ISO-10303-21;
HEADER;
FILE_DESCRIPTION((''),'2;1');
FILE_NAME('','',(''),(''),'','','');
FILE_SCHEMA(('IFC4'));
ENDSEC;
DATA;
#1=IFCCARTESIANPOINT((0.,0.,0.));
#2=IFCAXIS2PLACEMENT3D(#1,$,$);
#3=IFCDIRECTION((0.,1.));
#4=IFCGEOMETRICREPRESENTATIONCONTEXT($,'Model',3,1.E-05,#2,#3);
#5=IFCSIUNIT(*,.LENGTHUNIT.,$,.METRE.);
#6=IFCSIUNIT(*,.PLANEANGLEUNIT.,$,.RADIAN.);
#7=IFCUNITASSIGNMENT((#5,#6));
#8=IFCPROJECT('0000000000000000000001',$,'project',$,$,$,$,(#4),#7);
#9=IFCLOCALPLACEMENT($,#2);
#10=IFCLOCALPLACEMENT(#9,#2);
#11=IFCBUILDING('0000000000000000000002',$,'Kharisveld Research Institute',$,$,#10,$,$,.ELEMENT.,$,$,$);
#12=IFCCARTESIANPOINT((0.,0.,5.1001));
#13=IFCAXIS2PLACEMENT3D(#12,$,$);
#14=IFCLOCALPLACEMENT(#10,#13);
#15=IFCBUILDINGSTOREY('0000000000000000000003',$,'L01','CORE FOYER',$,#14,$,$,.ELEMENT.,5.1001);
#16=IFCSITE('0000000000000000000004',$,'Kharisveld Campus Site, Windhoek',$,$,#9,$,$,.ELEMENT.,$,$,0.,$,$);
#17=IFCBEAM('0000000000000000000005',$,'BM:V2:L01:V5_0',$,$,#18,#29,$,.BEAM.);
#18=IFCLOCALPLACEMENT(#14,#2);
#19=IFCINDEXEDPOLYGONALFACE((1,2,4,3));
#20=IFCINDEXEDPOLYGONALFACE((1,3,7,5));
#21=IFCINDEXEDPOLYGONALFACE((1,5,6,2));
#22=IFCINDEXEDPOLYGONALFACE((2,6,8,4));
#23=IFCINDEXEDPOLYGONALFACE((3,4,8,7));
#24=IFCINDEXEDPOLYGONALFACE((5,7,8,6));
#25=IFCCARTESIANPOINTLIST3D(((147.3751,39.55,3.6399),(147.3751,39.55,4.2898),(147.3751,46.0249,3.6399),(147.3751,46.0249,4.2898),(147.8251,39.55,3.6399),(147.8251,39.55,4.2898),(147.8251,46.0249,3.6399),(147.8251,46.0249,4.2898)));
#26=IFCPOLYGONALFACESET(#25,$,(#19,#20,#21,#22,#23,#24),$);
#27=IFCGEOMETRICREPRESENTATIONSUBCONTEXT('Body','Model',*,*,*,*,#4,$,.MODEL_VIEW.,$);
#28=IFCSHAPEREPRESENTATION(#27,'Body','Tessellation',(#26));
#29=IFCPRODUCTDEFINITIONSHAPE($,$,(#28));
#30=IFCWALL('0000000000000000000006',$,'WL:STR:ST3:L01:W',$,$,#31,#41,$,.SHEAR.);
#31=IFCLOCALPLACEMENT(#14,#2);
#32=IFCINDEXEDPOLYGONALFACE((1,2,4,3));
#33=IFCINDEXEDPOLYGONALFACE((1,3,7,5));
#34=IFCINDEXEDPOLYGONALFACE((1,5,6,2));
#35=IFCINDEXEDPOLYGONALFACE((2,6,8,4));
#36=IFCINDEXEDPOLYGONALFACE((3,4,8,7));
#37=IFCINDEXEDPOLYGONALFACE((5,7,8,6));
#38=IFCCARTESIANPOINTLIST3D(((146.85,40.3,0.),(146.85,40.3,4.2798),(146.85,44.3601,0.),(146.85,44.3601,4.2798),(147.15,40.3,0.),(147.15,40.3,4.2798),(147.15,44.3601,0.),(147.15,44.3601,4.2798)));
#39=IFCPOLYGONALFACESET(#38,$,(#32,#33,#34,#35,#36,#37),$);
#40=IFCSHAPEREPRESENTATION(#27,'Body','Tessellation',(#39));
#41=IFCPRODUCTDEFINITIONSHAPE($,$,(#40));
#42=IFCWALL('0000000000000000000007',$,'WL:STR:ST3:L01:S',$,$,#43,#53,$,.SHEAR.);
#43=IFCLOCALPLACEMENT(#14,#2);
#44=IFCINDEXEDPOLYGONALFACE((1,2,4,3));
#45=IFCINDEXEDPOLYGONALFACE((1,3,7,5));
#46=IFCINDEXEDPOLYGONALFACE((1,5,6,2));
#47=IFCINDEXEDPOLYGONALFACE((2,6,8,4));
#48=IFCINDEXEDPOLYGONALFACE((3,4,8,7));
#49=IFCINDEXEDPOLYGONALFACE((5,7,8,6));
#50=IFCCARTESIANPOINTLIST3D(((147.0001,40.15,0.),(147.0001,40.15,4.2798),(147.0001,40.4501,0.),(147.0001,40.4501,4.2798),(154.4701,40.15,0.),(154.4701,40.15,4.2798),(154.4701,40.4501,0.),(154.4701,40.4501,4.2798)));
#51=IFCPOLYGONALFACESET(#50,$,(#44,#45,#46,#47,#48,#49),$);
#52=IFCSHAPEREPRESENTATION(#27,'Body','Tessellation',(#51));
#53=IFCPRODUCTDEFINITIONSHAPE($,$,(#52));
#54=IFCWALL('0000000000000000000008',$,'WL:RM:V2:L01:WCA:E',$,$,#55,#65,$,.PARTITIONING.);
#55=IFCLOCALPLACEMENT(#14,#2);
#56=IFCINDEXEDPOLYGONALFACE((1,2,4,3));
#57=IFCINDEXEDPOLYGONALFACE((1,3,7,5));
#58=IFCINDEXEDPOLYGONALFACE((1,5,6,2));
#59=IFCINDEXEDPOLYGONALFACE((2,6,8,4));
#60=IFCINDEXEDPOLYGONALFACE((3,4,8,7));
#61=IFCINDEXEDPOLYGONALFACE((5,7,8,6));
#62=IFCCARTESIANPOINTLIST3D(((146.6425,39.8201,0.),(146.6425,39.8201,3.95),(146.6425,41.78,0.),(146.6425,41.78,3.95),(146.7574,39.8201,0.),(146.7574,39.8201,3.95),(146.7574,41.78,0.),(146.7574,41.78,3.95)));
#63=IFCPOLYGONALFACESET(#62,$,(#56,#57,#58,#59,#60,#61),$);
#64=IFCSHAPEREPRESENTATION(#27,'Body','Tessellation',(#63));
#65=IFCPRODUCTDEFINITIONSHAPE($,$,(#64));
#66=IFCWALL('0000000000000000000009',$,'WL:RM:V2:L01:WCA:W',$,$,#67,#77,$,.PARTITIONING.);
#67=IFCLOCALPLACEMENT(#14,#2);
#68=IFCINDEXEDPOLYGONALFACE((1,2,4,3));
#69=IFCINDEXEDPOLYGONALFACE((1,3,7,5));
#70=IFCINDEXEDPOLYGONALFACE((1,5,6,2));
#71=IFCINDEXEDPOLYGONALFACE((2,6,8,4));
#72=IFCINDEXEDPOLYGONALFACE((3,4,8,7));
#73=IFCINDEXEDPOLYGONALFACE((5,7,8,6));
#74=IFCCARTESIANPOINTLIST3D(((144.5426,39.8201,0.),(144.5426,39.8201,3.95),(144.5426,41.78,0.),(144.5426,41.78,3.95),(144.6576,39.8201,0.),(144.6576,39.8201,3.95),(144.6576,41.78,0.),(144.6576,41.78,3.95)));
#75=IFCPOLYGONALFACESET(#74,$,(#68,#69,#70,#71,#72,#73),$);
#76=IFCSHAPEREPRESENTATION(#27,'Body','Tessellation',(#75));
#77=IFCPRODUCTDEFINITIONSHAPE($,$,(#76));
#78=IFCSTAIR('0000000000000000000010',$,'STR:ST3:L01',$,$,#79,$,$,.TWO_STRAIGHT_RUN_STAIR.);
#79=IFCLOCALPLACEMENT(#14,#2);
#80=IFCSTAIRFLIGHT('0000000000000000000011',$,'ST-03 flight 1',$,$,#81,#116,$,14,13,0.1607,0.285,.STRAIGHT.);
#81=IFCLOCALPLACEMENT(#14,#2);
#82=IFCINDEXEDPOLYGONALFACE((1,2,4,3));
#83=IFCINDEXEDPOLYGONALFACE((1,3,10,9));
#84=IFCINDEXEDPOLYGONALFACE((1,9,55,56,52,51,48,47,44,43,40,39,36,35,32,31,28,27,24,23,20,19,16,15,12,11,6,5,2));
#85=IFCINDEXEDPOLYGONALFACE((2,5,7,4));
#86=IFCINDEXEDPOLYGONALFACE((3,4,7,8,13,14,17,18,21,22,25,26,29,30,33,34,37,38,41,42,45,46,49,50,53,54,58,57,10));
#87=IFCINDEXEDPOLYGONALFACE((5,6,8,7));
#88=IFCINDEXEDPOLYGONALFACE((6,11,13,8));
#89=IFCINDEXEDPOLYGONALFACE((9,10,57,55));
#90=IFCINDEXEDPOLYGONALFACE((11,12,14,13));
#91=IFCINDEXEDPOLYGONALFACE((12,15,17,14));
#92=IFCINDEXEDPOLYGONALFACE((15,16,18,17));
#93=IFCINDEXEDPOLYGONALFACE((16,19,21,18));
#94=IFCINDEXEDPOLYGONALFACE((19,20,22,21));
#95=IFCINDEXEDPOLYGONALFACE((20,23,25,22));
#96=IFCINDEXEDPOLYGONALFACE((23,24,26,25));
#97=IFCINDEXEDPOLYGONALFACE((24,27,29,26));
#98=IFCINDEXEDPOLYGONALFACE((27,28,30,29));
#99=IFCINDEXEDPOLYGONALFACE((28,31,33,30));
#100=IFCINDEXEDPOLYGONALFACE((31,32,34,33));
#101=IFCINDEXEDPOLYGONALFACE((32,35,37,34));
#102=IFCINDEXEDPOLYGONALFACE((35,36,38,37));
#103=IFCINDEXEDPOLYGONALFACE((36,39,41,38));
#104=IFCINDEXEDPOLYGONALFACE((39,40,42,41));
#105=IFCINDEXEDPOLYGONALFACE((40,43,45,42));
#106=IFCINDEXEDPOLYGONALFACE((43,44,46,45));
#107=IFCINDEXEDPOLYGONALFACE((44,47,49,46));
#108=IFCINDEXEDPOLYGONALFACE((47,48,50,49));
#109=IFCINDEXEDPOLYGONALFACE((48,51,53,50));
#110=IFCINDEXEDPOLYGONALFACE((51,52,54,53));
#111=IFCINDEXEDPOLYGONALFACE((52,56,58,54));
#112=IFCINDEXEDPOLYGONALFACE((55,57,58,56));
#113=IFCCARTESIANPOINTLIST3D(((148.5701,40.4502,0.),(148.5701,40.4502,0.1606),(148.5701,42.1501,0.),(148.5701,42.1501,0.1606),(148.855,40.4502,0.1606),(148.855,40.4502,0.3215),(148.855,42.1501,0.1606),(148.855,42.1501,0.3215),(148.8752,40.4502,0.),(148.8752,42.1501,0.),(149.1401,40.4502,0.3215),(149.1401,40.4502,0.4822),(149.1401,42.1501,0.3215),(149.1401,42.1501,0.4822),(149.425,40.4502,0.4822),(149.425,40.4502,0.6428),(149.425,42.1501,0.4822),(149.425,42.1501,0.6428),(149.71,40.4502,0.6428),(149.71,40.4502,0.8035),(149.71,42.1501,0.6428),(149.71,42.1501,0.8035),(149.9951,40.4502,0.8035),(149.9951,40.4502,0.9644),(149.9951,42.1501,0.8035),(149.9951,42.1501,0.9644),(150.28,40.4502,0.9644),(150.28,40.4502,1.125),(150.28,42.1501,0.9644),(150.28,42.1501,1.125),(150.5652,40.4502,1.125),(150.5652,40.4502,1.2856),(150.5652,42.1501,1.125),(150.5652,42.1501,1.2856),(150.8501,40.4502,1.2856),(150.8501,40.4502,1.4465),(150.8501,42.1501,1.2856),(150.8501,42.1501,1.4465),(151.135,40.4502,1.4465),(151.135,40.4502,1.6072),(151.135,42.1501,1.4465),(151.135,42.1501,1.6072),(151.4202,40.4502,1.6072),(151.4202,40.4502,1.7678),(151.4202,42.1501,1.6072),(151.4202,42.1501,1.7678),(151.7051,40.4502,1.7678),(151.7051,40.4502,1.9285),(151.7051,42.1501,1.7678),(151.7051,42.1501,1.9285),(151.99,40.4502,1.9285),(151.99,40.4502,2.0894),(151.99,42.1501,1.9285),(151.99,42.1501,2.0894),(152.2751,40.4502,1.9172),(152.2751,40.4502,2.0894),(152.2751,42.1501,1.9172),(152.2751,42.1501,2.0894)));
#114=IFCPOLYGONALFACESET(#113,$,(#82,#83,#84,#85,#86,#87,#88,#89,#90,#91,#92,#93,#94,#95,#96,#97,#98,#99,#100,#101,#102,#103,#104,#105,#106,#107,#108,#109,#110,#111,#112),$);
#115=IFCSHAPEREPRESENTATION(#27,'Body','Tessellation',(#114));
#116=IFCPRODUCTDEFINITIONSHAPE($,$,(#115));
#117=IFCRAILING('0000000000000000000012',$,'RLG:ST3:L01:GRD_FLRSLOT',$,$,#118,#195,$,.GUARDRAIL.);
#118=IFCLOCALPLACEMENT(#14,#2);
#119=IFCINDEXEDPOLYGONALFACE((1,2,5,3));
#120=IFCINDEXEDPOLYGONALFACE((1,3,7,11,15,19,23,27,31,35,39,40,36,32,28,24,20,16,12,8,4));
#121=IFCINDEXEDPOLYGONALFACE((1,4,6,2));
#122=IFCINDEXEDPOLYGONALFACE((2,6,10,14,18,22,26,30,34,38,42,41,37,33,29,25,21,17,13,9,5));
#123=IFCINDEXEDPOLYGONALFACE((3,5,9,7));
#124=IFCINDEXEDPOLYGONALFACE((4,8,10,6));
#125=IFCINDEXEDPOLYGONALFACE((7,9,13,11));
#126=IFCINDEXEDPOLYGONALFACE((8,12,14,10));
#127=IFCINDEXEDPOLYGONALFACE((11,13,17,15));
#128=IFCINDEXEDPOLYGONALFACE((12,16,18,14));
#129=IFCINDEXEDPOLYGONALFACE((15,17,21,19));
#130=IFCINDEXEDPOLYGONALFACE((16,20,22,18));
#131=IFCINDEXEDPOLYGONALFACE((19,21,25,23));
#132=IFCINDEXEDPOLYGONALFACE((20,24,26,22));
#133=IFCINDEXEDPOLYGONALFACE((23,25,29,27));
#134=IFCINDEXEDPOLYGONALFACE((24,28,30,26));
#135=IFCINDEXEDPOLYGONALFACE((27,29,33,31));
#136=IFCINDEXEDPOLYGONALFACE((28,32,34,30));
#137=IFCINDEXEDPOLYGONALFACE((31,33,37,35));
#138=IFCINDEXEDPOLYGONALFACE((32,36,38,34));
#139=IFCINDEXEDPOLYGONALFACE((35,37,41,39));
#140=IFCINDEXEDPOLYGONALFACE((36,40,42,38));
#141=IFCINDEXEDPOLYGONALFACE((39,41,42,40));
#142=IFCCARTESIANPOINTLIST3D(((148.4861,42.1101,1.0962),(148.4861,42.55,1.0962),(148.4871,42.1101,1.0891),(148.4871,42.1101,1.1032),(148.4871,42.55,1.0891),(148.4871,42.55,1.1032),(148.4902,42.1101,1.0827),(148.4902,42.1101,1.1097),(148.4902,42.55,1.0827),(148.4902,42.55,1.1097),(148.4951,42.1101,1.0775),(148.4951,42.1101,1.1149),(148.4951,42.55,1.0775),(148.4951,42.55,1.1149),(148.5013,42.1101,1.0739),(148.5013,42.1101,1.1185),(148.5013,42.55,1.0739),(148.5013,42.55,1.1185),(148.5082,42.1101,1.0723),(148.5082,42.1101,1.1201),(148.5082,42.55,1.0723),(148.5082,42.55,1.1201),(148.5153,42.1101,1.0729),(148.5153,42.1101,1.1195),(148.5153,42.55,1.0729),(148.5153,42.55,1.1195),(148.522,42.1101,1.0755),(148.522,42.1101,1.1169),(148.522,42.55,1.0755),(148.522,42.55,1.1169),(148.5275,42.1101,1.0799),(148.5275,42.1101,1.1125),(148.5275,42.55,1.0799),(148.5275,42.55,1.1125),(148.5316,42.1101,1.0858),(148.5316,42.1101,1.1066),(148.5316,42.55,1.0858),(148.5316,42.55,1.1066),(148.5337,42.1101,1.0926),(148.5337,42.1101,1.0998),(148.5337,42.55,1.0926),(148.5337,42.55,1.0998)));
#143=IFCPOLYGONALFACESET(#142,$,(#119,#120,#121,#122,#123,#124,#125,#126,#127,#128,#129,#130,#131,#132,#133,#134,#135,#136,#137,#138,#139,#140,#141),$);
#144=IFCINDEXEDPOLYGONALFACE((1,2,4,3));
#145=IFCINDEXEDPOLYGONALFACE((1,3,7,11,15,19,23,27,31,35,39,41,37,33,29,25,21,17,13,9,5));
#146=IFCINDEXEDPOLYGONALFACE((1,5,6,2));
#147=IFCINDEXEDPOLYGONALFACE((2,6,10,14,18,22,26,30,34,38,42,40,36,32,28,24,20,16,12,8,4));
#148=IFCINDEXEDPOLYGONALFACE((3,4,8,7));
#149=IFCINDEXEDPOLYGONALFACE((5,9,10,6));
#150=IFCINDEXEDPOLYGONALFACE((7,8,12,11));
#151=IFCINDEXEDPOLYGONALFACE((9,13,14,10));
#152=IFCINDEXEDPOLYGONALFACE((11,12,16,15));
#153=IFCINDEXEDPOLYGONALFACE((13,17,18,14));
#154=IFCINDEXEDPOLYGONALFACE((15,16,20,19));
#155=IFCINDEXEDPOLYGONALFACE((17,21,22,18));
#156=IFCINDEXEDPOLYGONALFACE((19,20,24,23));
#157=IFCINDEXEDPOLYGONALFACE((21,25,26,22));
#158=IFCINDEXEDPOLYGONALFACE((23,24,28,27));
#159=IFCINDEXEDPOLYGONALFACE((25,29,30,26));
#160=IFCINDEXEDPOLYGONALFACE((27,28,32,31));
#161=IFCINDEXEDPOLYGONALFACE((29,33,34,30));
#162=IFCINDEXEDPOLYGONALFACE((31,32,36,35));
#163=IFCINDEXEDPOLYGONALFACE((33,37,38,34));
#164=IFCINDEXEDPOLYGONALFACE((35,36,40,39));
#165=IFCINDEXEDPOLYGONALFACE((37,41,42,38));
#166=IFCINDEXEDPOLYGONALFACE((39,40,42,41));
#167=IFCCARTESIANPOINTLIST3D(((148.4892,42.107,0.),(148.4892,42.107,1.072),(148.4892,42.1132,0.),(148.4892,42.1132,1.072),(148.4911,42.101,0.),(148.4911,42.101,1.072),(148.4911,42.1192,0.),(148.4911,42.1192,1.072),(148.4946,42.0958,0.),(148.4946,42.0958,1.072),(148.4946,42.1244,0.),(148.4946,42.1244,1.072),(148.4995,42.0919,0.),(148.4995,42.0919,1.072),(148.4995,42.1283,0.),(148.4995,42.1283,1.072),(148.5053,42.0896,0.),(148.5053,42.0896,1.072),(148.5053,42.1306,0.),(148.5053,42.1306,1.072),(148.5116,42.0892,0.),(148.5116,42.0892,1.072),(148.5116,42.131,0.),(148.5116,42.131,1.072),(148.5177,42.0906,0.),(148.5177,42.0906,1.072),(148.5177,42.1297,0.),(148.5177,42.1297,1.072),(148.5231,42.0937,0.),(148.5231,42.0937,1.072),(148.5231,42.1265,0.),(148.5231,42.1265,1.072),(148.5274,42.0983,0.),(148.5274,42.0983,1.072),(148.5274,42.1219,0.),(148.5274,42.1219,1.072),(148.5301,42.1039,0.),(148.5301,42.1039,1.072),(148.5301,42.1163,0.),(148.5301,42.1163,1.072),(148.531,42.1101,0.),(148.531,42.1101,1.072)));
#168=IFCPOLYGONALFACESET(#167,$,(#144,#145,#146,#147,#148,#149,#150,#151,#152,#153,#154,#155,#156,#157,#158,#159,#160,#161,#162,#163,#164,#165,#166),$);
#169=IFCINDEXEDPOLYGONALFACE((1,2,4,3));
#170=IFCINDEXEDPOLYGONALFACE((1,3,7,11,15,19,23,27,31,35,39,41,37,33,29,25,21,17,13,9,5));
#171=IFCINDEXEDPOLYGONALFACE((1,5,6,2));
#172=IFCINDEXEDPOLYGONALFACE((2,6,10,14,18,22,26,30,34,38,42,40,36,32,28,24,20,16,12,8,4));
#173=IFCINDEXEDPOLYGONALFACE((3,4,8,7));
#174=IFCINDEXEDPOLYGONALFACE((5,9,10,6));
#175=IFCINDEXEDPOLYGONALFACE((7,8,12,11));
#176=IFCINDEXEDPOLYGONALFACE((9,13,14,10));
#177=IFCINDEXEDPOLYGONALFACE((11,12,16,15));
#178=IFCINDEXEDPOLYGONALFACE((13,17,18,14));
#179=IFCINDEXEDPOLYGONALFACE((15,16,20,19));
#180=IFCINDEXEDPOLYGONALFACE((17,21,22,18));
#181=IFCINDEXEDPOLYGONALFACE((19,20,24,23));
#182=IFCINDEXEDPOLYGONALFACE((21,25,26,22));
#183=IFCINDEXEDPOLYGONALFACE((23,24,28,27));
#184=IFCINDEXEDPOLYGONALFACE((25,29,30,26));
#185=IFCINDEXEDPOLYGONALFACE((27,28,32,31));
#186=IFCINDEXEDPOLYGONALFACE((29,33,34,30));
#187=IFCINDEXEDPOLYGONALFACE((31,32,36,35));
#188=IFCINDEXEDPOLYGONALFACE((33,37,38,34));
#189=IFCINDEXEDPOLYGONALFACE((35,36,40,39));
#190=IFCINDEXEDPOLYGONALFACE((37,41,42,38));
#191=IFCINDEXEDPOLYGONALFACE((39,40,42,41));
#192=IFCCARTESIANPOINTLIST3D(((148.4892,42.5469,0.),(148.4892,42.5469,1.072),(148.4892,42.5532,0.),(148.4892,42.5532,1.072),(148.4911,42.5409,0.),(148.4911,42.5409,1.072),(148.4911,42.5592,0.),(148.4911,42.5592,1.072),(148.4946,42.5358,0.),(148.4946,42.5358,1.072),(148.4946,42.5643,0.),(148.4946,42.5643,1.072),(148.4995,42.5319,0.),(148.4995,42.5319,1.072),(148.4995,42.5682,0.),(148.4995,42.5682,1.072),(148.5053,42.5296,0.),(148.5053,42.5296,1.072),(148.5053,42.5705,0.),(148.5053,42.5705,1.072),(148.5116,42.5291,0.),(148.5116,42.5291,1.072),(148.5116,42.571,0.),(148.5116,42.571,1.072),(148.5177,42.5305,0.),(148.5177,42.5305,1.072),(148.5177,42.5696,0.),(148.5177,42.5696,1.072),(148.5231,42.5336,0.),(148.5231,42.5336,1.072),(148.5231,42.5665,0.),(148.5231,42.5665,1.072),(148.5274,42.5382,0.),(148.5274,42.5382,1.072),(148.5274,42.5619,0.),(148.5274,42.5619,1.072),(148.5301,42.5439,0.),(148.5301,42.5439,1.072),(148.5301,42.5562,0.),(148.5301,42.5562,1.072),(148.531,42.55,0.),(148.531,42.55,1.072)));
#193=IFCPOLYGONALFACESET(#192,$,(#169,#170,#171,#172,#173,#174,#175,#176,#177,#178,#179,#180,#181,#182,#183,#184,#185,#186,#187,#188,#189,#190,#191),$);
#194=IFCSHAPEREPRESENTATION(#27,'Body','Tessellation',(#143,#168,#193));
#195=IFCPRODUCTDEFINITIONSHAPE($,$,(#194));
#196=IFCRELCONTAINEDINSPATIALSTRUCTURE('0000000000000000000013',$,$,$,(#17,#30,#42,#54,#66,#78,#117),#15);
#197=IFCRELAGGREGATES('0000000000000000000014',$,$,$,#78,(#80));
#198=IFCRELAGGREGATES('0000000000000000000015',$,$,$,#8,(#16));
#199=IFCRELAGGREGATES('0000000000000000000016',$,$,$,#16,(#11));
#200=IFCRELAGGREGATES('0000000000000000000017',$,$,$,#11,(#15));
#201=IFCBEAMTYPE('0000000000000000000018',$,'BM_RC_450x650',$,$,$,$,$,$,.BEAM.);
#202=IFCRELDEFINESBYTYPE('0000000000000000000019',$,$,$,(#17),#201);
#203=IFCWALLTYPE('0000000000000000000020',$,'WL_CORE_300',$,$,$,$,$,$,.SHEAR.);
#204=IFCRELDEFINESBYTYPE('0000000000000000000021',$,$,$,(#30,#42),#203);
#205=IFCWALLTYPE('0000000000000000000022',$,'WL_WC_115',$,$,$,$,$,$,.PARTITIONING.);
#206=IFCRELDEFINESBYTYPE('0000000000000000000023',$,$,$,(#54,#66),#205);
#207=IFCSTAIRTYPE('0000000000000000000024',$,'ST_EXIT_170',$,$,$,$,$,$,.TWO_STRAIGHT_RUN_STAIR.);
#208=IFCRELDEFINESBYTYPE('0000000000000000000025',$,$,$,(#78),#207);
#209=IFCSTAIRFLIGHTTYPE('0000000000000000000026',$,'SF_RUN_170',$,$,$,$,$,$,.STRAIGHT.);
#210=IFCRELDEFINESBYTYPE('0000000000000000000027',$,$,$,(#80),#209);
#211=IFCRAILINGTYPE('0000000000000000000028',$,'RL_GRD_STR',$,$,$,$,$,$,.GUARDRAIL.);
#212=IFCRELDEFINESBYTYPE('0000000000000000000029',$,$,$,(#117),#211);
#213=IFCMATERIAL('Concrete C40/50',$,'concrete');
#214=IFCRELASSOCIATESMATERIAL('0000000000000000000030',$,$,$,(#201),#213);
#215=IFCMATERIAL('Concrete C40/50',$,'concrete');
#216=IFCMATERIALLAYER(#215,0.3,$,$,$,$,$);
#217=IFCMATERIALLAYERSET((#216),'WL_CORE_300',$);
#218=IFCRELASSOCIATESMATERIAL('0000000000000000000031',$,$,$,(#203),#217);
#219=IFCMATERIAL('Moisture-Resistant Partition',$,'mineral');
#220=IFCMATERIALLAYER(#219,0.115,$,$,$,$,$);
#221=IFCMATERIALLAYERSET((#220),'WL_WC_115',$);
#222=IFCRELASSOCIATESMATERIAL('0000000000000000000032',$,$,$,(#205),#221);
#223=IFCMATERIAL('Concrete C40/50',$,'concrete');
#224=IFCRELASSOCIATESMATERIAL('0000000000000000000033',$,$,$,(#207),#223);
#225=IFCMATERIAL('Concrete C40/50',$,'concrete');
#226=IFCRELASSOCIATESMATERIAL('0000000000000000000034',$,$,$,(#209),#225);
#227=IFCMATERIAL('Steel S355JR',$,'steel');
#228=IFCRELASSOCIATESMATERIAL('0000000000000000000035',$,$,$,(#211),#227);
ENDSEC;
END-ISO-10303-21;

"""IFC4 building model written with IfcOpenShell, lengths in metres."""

from ifc_helpers import new_model, si_unit, direction, frame, frame_2d, origin, origin_2d, place, context, subcontext, project, spatial, polyline, rectangle, circle, outline, extrude, material, layer, layer_set, material_profile, profile_set, type_object, element, aggregate, save


model = new_model("IFC4")

# Units and contexts
model_context = context("Model", 3, precision=1e-05, world=origin(), true_north=direction((0.0, 1.0)))
body_context = subcontext(model_context, "Body", "Model", "MODEL_VIEW")
ifc_project = project(units=[si_unit("LENGTHUNIT", "METRE"), si_unit("PLANEANGLEUNIT", "RADIAN")], contexts=[model_context])

# Site, building, storey
site_placement = place(None, origin())
site = spatial("IfcSite", under=ifc_project, at=site_placement, Name="Kharisveld Campus Site, Windhoek", CompositionType="ELEMENT", RefElevation=0.0)
building_placement = place(site_placement, origin())
building = spatial("IfcBuilding", under=site, at=building_placement, Name="Kharisveld Research Institute", CompositionType="ELEMENT")
storey_placement = place(building_placement, frame((0.0, 0.0, 5.1001)))
storey = spatial("IfcBuildingStorey", under=building, at=storey_placement, Name="L01", Description="CORE FOYER", CompositionType="ELEMENT", Elevation=5.1001)

# Beam
ifc_material_1 = material(Name="Concrete C40/50", Category="concrete")
ifc_material_profile = material_profile(ifc_material_1, rectangle(XDim=0.45, YDim=0.6499, at=origin_2d()))
ifc_profile_set = profile_set([ifc_material_profile], Name="Concrete C40/50")
beam_type = type_object("IfcBeamType", Name="BM_RC_450x650", PredefinedType="BEAM", material=ifc_profile_set)
beam_placement = place(storey_placement, frame((147.6001, 39.55, 3.9648), z_axis=(0.0, 1.0, 0.0), x_axis=(-1.0, 0.0, 0.0)))
element("IfcBeam", 1, at=beam_placement, inside=storey, type_object=beam_type, Name="BM:V2:L01:V5_0", PredefinedType="BEAM", context=body_context, shape_type="SweptSolid", body=[
    extrude(rectangle(XDim=0.45, YDim=0.6499, at=origin_2d()), origin(), (0.0, 0.0, 1.0), 6.4749),
])

# Walls
ifc_material_2 = material(Name="Concrete C40/50", Category="concrete")
ifc_layer_1 = layer(ifc_material_2, 0.3)
ifc_layer_set_1 = layer_set([ifc_layer_1], Name="WL_CORE_300")
wall_type_1 = type_object("IfcWallType", Name="WL_CORE_300", PredefinedType="SHEAR", material=ifc_layer_set_1)
wall_1_placement = place(storey_placement, frame((147.0, 40.3, 0.0), z_axis=(0.0, 0.0, 1.0), x_axis=(0.0, 1.0, 0.0)))
element("IfcWall", 2, at=wall_1_placement, inside=storey, type_object=wall_type_1, Name="WL:STR:ST3:L01:W", PredefinedType="SHEAR", context=body_context, shape_type="SweptSolid", body=[
    extrude(rectangle(XDim=4.0601, YDim=0.3, at=frame_2d((2.03, 0.0))), origin(), (0.0, 0.0, 1.0), 4.2798),
])
wall_2_placement = place(storey_placement, frame((154.47, 40.3, 0.0), z_axis=(0.0, 0.0, 1.0), x_axis=(-1.0, 0.0, 0.0)))
element("IfcWall", 3, at=wall_2_placement, inside=storey, type_object=wall_type_1, Name="WL:STR:ST3:L01:S", PredefinedType="SHEAR", context=body_context, shape_type="SweptSolid", body=[
    extrude(rectangle(XDim=7.47, YDim=0.3, at=frame_2d((3.7349, 0.0))), origin(), (0.0, 0.0, 1.0), 4.2798),
])
ifc_material_3 = material(Name="Moisture-Resistant Partition", Category="mineral")
ifc_layer_2 = layer(ifc_material_3, 0.115)
ifc_layer_set_2 = layer_set([ifc_layer_2], Name="WL_WC_115")
wall_type_2 = type_object("IfcWallType", Name="WL_WC_115", PredefinedType="PARTITIONING", material=ifc_layer_set_2)
wall_3_placement = place(storey_placement, frame((146.7, 39.8201, 0.0), z_axis=(0.0, 0.0, 1.0), x_axis=(0.0, 1.0, 0.0)))
element("IfcWall", 4, at=wall_3_placement, inside=storey, type_object=wall_type_2, Name="WL:RM:V2:L01:WCA:E", PredefinedType="PARTITIONING", context=body_context, shape_type="SweptSolid", body=[
    extrude(rectangle(XDim=1.96, YDim=0.115, at=frame_2d((0.98, 0.0))), origin(), (0.0, 0.0, 1.0), 3.95),
])

# Wall
wall_4_placement = place(storey_placement, frame((144.6001, 41.78, 0.0), z_axis=(0.0, 0.0, 1.0), x_axis=(0.0, -1.0, 0.0)))
element("IfcWall", 5, at=wall_4_placement, inside=storey, type_object=wall_type_2, Name="WL:RM:V2:L01:WCA:W", PredefinedType="PARTITIONING", context=body_context, shape_type="SweptSolid", body=[
    extrude(rectangle(XDim=1.96, YDim=0.115, at=frame_2d((0.98, 0.0))), origin(), (0.0, 0.0, 1.0), 3.95),
])

# Stair, stair flight
ifc_material_4 = material(Name="Concrete C40/50", Category="concrete")
stair_type = type_object("IfcStairType", Name="ST_EXIT_170", PredefinedType="TWO_STRAIGHT_RUN_STAIR", material=ifc_material_4)
stair_placement = place(storey_placement, origin())
stair = element("IfcStair", 6, at=stair_placement, inside=storey, type_object=stair_type, Name="STR:ST3:L01", PredefinedType="TWO_STRAIGHT_RUN_STAIR")
ifc_material_5 = material(Name="Concrete C40/50", Category="concrete")
stair_flight_type = type_object("IfcStairFlightType", Name="SF_RUN_170", PredefinedType="STRAIGHT", material=ifc_material_5)
stair_flight_placement = place(storey_placement, frame((148.5701, 41.3, 0.0), z_axis=(0.0, 0.0, 1.0), x_axis=(1.0, 0.0, 0.0)))
stair_flight = element("IfcStairFlight", 7, at=stair_flight_placement, type_object=stair_flight_type, Name="ST-03 flight 1", NumberOfRisers=14, NumberOfTreads=13, PredefinedType="STRAIGHT", RiserHeight=0.1607, TreadLength=0.285, context=body_context, shape_type="SweptSolid", body=[
    extrude(outline(polyline([(0.0, 0.0), (0.0, 0.1606), (0.2849, 0.1606), (0.2849, 0.3215), (0.5701, 0.3215), (0.5701, 0.4822), (0.855, 0.4822), (0.855, 0.6428), (1.1399, 0.6428), (1.1399, 0.8035), (1.425, 0.8035), (1.425, 0.9644), (1.71, 0.9644), (1.71, 1.125), (1.9951, 1.125), (1.9951, 1.2856), (2.28, 1.2856), (2.28, 1.4465), (2.5649, 1.4465), (2.5649, 1.6072), (2.8501, 1.6072), (2.8501, 1.7678), (3.135, 1.7678), (3.135, 1.9285), (3.4199, 1.9285), (3.4199, 2.0894), (3.7051, 2.0894), (3.7051, 2.25), (3.7051, 1.9172), (0.3052, 0.0), (0.0, 0.0)])), frame((0.0, 0.8501, 0.0), z_axis=(0.0, -1.0, 0.0), x_axis=(1.0, 0.0, 0.0)), (0.0, 0.0, 1.0), 1.7),
])
aggregate(stair, [stair_flight])

# Railing
ifc_material_6 = material(Name="Steel S355JR", Category="steel")
railing_type_1 = type_object("IfcRailingType", Name="RL_GRD_STR", PredefinedType="GUARDRAIL", material=ifc_material_6)
railing_1_placement = place(storey_placement, frame((148.51, 42.1101, 0.0)))
element("IfcRailing", 8, at=railing_1_placement, inside=storey, type_object=railing_type_1, Name="RLG:ST3:L01:GRD_FLRSLOT", PredefinedType="GUARDRAIL", context=body_context, shape_type="SweptSolid", body=[
    extrude(circle(Radius=0.0239, at=origin_2d()), frame((0.0, 0.0, 1.0962), z_axis=(0.0, 1.0, 0.0), x_axis=(-1.0, 0.0, 0.0)), (0.0, 0.0, 1.0), 0.4399),
    extrude(circle(Radius=0.021, at=origin_2d()), origin(), (0.0, 0.0, 1.0), 1.072),
    extrude(circle(Radius=0.021, at=origin_2d()), frame((0.0, 0.4399, 0.0)), (0.0, 0.0, 1.0), 1.072),
])

save(model, "model.ifc")
